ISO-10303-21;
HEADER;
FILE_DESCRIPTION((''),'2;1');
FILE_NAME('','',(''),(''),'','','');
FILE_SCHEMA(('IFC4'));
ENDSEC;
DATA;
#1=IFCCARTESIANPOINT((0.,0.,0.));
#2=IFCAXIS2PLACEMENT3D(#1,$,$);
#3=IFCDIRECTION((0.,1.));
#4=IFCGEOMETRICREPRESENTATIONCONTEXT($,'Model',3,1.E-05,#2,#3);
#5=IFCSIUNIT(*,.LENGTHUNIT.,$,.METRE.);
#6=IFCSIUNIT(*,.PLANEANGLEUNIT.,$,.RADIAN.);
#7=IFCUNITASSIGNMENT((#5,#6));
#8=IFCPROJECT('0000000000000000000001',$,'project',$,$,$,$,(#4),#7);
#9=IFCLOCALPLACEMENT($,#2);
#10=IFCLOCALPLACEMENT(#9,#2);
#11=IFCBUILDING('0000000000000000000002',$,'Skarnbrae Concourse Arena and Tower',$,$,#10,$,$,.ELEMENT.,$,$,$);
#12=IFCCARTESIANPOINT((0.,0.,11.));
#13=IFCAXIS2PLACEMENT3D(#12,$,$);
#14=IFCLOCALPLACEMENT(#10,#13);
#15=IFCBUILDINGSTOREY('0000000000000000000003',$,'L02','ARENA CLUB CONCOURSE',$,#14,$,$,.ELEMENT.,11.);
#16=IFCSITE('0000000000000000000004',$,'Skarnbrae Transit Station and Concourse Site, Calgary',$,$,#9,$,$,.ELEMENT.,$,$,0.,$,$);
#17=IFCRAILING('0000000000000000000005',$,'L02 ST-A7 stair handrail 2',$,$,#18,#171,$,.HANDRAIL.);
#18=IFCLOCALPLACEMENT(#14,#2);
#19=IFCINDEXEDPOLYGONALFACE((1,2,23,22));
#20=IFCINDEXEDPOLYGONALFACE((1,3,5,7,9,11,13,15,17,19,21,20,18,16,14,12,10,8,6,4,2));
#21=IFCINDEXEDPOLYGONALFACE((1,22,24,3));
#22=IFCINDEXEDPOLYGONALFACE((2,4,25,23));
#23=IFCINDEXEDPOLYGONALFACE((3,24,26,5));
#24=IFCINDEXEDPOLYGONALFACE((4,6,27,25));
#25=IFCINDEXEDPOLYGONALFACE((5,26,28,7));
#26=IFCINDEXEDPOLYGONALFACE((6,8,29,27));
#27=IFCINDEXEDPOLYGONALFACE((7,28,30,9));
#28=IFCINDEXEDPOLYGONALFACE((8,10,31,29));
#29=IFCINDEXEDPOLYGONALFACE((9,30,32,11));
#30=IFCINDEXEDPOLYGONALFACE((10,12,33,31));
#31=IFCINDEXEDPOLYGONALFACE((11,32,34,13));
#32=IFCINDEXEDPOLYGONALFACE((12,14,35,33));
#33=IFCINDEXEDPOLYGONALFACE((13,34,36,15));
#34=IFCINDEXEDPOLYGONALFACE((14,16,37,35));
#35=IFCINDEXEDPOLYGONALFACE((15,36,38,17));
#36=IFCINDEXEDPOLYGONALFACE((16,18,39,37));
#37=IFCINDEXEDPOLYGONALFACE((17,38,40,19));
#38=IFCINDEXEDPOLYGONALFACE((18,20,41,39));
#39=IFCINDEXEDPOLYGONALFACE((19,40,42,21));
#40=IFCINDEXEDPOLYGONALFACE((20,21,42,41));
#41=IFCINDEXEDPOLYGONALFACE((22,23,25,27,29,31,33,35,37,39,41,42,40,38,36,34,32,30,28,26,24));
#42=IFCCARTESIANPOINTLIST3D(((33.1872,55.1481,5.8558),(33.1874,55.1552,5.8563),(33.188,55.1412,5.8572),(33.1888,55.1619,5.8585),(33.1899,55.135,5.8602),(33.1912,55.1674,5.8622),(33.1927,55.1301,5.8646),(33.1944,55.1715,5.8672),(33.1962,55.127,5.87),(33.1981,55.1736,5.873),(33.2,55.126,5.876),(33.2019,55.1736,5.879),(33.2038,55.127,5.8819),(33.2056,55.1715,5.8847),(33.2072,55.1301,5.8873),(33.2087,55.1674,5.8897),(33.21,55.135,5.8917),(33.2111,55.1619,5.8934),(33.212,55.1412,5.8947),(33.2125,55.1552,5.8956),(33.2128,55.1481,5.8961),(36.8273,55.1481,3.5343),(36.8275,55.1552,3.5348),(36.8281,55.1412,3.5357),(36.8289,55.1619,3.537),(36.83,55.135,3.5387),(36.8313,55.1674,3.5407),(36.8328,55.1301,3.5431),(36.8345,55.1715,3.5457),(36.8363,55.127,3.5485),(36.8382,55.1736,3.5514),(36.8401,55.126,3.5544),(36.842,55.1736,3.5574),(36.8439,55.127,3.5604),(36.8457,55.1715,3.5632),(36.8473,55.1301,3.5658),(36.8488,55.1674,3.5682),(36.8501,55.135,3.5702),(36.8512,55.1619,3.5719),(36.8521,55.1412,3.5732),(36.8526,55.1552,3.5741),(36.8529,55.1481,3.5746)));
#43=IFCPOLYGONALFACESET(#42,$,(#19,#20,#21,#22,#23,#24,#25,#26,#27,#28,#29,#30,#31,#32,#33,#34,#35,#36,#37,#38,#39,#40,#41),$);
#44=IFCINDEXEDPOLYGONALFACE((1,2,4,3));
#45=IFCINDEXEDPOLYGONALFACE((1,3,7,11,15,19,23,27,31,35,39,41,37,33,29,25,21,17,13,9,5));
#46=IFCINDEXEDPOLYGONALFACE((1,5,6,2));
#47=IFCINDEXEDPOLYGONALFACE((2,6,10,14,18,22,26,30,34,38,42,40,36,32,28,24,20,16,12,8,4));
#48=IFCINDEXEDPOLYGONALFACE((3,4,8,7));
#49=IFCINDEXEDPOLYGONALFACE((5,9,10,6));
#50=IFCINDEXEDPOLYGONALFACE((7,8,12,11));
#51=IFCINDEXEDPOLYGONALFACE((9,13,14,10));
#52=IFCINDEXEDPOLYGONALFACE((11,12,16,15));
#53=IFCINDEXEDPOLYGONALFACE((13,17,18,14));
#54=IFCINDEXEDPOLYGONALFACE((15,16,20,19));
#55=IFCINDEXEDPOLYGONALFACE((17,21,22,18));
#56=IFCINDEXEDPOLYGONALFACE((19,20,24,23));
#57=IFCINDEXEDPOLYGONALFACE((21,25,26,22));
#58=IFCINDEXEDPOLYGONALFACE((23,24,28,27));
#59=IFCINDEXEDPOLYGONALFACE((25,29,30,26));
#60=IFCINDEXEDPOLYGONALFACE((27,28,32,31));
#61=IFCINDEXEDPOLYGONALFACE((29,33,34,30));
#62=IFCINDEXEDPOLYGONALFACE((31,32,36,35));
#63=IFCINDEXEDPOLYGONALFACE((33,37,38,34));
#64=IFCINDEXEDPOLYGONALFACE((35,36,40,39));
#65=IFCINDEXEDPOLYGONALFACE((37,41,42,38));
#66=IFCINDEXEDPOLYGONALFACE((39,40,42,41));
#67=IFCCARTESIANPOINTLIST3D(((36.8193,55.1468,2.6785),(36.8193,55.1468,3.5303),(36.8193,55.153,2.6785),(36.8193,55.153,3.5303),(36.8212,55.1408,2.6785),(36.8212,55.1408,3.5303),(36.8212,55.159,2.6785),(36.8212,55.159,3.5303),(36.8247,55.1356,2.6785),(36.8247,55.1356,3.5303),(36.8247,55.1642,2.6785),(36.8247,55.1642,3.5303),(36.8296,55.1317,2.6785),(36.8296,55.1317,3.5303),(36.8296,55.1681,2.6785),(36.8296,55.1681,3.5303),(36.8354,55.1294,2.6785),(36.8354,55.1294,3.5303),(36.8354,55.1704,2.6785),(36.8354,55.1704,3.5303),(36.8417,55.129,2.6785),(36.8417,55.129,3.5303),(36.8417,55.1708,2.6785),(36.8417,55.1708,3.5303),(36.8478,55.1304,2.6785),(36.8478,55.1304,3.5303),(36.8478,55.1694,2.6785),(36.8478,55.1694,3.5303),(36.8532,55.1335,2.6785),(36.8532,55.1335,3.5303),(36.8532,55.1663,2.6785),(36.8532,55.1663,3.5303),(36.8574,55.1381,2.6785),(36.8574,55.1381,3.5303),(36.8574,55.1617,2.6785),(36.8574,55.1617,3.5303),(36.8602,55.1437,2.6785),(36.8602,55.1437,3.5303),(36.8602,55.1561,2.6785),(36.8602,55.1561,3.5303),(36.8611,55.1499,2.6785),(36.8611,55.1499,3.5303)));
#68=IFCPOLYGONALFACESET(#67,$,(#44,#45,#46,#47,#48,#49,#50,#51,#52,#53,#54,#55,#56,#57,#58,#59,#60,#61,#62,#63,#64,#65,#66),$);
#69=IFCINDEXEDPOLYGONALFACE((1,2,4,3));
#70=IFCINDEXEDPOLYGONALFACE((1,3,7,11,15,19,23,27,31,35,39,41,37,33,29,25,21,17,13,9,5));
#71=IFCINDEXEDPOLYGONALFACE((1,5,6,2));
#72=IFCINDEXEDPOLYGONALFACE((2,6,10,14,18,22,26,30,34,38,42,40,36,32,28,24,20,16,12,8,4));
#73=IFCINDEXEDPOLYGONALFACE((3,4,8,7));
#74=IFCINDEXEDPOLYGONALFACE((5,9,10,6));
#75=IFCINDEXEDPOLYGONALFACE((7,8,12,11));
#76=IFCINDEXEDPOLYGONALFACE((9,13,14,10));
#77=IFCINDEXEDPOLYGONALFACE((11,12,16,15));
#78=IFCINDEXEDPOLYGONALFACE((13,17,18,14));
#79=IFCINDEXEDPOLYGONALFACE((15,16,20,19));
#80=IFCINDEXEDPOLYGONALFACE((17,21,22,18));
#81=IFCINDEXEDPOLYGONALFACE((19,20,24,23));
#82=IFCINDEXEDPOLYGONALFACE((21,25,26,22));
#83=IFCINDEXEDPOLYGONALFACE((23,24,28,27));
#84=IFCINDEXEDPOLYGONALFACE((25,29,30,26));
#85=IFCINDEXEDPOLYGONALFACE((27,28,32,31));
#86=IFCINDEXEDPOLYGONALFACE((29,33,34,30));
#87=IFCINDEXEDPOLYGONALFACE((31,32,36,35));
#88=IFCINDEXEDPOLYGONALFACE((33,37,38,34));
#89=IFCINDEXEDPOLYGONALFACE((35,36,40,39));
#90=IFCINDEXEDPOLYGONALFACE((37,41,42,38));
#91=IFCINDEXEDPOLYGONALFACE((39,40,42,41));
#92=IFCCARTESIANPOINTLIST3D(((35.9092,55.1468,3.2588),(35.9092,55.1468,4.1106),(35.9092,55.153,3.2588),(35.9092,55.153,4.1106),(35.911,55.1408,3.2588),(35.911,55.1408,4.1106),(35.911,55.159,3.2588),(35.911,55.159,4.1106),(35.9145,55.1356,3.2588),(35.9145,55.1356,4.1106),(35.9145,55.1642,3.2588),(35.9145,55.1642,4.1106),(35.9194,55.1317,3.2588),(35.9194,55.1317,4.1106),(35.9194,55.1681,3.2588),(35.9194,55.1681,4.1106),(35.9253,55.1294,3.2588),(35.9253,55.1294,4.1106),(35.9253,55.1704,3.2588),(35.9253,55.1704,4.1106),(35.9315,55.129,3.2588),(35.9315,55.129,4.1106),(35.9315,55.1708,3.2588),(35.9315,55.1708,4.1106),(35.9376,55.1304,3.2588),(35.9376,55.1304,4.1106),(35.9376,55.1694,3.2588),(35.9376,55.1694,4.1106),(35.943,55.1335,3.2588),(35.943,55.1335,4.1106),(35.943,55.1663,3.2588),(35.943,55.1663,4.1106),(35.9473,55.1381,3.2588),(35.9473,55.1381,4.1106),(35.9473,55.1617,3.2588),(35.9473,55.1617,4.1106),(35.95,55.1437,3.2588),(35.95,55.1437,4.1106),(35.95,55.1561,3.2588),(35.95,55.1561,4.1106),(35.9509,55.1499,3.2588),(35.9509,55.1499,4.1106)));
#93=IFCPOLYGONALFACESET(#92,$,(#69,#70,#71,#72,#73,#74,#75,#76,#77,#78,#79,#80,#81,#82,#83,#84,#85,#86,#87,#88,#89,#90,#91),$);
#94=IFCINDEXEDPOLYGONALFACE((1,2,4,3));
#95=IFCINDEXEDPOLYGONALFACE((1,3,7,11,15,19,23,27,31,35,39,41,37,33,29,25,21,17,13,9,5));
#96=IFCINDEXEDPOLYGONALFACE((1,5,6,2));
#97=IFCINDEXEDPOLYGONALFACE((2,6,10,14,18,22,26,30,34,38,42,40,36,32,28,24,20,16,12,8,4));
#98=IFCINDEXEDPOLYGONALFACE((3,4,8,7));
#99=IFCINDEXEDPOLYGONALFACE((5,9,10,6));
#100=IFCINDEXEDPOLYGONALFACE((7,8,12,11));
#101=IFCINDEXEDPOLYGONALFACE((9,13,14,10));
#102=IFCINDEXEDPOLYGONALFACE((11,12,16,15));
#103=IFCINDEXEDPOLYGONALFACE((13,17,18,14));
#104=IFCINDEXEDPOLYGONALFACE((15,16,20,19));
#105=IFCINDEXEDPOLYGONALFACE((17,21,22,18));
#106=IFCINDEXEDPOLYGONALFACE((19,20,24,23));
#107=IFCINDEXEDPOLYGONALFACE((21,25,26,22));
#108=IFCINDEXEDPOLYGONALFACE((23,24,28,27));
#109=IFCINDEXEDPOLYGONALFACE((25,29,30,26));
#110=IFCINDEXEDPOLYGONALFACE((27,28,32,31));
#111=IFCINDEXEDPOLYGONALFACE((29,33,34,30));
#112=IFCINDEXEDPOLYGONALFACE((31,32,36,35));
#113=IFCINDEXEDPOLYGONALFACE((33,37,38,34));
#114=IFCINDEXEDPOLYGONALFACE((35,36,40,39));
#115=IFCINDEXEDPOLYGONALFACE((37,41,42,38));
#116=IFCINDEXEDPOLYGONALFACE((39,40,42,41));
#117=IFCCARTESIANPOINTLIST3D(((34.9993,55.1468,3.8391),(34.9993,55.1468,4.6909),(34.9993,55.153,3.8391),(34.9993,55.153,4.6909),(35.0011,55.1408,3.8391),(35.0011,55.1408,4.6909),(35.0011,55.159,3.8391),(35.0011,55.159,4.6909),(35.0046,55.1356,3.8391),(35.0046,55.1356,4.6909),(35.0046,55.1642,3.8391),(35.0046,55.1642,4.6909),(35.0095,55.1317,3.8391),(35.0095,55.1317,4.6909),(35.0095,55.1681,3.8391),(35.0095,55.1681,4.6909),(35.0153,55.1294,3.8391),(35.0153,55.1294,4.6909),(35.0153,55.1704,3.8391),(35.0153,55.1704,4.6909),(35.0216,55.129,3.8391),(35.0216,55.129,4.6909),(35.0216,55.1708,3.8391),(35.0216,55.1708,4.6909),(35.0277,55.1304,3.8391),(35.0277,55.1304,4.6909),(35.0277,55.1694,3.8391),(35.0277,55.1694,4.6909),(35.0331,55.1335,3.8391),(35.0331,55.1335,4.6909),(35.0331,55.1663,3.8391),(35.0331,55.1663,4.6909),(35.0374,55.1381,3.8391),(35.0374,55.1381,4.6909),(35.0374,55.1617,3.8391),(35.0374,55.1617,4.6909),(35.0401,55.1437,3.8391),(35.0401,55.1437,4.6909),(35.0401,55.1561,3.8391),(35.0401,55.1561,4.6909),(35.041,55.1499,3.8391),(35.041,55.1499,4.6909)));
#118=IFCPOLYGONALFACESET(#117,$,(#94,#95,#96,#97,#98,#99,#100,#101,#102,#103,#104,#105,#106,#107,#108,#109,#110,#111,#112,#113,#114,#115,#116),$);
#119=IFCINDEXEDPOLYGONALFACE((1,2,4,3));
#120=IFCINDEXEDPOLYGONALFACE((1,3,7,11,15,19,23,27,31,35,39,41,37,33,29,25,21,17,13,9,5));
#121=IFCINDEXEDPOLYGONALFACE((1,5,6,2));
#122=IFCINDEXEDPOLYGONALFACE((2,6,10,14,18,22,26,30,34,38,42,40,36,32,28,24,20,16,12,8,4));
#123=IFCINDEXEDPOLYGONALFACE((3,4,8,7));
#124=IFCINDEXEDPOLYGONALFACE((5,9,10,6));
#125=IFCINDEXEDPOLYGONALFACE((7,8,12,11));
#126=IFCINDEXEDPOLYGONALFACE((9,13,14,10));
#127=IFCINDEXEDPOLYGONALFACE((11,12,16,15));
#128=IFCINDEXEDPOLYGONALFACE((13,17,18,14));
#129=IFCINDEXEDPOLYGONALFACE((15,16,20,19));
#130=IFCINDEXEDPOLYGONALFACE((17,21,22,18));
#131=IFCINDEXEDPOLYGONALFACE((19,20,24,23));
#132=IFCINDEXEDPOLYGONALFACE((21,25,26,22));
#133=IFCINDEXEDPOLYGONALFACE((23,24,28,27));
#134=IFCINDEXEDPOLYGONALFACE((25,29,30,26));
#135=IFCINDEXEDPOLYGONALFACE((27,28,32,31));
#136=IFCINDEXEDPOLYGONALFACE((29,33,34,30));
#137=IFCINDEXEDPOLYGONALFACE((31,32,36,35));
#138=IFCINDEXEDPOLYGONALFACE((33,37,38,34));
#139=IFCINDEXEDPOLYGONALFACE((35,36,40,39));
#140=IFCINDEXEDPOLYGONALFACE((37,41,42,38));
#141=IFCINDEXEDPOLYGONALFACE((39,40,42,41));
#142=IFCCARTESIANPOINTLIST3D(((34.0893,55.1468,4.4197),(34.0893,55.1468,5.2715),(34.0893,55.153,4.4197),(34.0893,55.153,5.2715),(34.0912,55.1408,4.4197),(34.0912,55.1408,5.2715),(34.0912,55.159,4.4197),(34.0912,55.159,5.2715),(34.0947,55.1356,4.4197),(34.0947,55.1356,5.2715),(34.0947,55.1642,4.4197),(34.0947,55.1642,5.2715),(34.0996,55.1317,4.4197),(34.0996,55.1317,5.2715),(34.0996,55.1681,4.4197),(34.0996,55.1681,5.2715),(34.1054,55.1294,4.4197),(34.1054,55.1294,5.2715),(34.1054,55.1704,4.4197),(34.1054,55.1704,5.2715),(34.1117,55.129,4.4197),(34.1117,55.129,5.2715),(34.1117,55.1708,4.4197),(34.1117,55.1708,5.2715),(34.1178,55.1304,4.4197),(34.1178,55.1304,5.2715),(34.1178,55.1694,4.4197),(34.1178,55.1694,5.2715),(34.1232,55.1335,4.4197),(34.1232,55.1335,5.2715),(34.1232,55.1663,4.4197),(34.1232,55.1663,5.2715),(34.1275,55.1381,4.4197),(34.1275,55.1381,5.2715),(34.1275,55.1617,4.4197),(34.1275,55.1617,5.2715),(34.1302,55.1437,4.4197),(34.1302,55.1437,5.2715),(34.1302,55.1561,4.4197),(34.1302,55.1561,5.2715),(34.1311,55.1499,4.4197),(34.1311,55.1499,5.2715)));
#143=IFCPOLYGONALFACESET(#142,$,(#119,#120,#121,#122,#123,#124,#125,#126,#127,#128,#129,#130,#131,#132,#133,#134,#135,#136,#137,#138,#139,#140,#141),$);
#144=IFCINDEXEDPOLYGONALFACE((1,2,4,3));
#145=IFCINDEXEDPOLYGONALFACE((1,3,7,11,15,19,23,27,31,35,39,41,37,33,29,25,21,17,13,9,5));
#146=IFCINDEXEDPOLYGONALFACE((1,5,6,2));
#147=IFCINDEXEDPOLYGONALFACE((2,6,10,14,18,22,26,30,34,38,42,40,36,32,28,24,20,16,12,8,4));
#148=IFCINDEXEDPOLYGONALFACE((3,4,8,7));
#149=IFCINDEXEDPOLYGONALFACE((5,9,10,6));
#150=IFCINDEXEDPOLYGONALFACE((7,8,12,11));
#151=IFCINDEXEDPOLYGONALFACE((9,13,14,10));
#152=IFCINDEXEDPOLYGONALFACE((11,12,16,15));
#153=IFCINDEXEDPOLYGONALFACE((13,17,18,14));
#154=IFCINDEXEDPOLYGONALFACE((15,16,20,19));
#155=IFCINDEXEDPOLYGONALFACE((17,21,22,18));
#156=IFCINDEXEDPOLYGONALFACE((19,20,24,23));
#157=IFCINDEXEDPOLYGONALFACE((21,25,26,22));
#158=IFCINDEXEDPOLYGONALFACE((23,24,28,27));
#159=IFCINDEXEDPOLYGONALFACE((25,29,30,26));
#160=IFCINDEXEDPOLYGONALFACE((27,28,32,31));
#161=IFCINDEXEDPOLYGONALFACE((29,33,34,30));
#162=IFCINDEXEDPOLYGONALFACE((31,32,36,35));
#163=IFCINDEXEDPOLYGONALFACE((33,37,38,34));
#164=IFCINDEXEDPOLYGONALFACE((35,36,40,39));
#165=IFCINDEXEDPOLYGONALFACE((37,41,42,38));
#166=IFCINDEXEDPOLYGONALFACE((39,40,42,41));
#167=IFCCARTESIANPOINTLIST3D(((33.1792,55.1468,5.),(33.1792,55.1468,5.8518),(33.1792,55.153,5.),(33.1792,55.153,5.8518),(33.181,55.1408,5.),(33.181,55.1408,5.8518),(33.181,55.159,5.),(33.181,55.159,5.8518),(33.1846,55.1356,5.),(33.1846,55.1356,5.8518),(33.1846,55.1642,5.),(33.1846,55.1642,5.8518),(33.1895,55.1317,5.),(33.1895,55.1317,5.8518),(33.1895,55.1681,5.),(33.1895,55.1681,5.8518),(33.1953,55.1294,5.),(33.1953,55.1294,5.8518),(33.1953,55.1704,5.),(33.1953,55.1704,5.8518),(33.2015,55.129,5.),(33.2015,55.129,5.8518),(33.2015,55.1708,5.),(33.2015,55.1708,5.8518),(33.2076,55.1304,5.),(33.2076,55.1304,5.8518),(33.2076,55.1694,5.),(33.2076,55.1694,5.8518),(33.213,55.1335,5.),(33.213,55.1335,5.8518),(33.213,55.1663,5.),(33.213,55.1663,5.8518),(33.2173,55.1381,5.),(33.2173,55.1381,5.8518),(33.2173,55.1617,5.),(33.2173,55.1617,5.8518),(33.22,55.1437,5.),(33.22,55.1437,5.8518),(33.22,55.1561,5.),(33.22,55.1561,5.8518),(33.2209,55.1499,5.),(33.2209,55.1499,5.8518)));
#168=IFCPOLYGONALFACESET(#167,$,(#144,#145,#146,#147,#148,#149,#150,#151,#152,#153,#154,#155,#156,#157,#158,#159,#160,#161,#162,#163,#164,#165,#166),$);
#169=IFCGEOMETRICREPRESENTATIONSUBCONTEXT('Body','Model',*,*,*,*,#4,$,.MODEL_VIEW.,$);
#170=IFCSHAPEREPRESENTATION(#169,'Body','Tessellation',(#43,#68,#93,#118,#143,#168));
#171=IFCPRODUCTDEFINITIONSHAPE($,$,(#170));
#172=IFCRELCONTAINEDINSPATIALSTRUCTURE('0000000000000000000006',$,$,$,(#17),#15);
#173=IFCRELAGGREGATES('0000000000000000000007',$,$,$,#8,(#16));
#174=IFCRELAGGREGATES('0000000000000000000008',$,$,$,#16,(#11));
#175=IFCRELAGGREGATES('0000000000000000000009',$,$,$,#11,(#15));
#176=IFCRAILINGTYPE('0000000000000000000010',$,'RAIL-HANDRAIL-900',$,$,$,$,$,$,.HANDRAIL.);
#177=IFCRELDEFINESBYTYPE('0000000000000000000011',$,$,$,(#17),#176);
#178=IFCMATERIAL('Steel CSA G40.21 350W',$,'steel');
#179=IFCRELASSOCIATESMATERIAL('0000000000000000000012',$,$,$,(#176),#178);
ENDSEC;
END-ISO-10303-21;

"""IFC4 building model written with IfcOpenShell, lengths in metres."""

from ifc_helpers import new_model, si_unit, direction, frame, origin, origin_2d, place, context, subcontext, project, spatial, circle, extrude, material, type_object, element, save


model = new_model("IFC4")

# Units and contexts
model_context = context("Model", 3, precision=1e-05, world=origin(), true_north=direction((0.0, 1.0)))
body_context = subcontext(model_context, "Body", "Model", "MODEL_VIEW")
ifc_project = project(units=[si_unit("LENGTHUNIT", "METRE"), si_unit("PLANEANGLEUNIT", "RADIAN")], contexts=[model_context])

# Site, building, storey
site_placement = place(None, origin())
site = spatial("IfcSite", under=ifc_project, at=site_placement, Name="Skarnbrae Transit Station and Concourse Site, Calgary", CompositionType="ELEMENT", RefElevation=0.0)
building_placement = place(site_placement, origin())
building = spatial("IfcBuilding", under=site, at=building_placement, Name="Skarnbrae Concourse Arena and Tower", CompositionType="ELEMENT")
storey_placement = place(building_placement, frame((0.0, 0.0, 11.0)))
storey = spatial("IfcBuildingStorey", under=building, at=storey_placement, Name="L02", Description="ARENA CLUB CONCOURSE", CompositionType="ELEMENT", Elevation=11.0)

# Shared definitions
ifc_material_1 = material(Name="Steel CSA G40.21 350W", Category="steel")

# Railing
railing_type_1 = type_object("IfcRailingType", Name="RAIL-HANDRAIL-900", PredefinedType="HANDRAIL", material=ifc_material_1)
railing_1_placement = place(storey_placement, frame((36.8401, 55.1499, 2.6785)))
element("IfcRailing", 1, at=railing_1_placement, inside=storey, type_object=railing_type_1, Name="L02 ST-A7 stair handrail 2", PredefinedType="HANDRAIL", context=body_context, shape_type="SweptSolid", body=[
    extrude(circle(Radius=0.0239, at=origin_2d()), frame((0.0, 0.0, 0.876), z_axis=(-0.843128, 0.0, 0.537713), x_axis=(0.0, -1.0, 0.0)), (0.0, 0.0, 1.0), 4.3174),
    extrude(circle(Radius=0.021, at=origin_2d()), origin(), (0.0, 0.0, 1.0), 0.8518),
    extrude(circle(Radius=0.021, at=origin_2d()), frame((-0.9102, 0.0, 0.5803)), (0.0, 0.0, 1.0), 0.8518),
    extrude(circle(Radius=0.021, at=origin_2d()), frame((-1.8201, 0.0, 1.1606)), (0.0, 0.0, 1.0), 0.8518),
    extrude(circle(Radius=0.021, at=origin_2d()), frame((-2.73, 0.0, 1.7412)), (0.0, 0.0, 1.0), 0.8518),
    extrude(circle(Radius=0.021, at=origin_2d()), frame((-3.6401, 0.0, 2.3215)), (0.0, 0.0, 1.0), 0.8518),
])

save(model, "model.ifc")
